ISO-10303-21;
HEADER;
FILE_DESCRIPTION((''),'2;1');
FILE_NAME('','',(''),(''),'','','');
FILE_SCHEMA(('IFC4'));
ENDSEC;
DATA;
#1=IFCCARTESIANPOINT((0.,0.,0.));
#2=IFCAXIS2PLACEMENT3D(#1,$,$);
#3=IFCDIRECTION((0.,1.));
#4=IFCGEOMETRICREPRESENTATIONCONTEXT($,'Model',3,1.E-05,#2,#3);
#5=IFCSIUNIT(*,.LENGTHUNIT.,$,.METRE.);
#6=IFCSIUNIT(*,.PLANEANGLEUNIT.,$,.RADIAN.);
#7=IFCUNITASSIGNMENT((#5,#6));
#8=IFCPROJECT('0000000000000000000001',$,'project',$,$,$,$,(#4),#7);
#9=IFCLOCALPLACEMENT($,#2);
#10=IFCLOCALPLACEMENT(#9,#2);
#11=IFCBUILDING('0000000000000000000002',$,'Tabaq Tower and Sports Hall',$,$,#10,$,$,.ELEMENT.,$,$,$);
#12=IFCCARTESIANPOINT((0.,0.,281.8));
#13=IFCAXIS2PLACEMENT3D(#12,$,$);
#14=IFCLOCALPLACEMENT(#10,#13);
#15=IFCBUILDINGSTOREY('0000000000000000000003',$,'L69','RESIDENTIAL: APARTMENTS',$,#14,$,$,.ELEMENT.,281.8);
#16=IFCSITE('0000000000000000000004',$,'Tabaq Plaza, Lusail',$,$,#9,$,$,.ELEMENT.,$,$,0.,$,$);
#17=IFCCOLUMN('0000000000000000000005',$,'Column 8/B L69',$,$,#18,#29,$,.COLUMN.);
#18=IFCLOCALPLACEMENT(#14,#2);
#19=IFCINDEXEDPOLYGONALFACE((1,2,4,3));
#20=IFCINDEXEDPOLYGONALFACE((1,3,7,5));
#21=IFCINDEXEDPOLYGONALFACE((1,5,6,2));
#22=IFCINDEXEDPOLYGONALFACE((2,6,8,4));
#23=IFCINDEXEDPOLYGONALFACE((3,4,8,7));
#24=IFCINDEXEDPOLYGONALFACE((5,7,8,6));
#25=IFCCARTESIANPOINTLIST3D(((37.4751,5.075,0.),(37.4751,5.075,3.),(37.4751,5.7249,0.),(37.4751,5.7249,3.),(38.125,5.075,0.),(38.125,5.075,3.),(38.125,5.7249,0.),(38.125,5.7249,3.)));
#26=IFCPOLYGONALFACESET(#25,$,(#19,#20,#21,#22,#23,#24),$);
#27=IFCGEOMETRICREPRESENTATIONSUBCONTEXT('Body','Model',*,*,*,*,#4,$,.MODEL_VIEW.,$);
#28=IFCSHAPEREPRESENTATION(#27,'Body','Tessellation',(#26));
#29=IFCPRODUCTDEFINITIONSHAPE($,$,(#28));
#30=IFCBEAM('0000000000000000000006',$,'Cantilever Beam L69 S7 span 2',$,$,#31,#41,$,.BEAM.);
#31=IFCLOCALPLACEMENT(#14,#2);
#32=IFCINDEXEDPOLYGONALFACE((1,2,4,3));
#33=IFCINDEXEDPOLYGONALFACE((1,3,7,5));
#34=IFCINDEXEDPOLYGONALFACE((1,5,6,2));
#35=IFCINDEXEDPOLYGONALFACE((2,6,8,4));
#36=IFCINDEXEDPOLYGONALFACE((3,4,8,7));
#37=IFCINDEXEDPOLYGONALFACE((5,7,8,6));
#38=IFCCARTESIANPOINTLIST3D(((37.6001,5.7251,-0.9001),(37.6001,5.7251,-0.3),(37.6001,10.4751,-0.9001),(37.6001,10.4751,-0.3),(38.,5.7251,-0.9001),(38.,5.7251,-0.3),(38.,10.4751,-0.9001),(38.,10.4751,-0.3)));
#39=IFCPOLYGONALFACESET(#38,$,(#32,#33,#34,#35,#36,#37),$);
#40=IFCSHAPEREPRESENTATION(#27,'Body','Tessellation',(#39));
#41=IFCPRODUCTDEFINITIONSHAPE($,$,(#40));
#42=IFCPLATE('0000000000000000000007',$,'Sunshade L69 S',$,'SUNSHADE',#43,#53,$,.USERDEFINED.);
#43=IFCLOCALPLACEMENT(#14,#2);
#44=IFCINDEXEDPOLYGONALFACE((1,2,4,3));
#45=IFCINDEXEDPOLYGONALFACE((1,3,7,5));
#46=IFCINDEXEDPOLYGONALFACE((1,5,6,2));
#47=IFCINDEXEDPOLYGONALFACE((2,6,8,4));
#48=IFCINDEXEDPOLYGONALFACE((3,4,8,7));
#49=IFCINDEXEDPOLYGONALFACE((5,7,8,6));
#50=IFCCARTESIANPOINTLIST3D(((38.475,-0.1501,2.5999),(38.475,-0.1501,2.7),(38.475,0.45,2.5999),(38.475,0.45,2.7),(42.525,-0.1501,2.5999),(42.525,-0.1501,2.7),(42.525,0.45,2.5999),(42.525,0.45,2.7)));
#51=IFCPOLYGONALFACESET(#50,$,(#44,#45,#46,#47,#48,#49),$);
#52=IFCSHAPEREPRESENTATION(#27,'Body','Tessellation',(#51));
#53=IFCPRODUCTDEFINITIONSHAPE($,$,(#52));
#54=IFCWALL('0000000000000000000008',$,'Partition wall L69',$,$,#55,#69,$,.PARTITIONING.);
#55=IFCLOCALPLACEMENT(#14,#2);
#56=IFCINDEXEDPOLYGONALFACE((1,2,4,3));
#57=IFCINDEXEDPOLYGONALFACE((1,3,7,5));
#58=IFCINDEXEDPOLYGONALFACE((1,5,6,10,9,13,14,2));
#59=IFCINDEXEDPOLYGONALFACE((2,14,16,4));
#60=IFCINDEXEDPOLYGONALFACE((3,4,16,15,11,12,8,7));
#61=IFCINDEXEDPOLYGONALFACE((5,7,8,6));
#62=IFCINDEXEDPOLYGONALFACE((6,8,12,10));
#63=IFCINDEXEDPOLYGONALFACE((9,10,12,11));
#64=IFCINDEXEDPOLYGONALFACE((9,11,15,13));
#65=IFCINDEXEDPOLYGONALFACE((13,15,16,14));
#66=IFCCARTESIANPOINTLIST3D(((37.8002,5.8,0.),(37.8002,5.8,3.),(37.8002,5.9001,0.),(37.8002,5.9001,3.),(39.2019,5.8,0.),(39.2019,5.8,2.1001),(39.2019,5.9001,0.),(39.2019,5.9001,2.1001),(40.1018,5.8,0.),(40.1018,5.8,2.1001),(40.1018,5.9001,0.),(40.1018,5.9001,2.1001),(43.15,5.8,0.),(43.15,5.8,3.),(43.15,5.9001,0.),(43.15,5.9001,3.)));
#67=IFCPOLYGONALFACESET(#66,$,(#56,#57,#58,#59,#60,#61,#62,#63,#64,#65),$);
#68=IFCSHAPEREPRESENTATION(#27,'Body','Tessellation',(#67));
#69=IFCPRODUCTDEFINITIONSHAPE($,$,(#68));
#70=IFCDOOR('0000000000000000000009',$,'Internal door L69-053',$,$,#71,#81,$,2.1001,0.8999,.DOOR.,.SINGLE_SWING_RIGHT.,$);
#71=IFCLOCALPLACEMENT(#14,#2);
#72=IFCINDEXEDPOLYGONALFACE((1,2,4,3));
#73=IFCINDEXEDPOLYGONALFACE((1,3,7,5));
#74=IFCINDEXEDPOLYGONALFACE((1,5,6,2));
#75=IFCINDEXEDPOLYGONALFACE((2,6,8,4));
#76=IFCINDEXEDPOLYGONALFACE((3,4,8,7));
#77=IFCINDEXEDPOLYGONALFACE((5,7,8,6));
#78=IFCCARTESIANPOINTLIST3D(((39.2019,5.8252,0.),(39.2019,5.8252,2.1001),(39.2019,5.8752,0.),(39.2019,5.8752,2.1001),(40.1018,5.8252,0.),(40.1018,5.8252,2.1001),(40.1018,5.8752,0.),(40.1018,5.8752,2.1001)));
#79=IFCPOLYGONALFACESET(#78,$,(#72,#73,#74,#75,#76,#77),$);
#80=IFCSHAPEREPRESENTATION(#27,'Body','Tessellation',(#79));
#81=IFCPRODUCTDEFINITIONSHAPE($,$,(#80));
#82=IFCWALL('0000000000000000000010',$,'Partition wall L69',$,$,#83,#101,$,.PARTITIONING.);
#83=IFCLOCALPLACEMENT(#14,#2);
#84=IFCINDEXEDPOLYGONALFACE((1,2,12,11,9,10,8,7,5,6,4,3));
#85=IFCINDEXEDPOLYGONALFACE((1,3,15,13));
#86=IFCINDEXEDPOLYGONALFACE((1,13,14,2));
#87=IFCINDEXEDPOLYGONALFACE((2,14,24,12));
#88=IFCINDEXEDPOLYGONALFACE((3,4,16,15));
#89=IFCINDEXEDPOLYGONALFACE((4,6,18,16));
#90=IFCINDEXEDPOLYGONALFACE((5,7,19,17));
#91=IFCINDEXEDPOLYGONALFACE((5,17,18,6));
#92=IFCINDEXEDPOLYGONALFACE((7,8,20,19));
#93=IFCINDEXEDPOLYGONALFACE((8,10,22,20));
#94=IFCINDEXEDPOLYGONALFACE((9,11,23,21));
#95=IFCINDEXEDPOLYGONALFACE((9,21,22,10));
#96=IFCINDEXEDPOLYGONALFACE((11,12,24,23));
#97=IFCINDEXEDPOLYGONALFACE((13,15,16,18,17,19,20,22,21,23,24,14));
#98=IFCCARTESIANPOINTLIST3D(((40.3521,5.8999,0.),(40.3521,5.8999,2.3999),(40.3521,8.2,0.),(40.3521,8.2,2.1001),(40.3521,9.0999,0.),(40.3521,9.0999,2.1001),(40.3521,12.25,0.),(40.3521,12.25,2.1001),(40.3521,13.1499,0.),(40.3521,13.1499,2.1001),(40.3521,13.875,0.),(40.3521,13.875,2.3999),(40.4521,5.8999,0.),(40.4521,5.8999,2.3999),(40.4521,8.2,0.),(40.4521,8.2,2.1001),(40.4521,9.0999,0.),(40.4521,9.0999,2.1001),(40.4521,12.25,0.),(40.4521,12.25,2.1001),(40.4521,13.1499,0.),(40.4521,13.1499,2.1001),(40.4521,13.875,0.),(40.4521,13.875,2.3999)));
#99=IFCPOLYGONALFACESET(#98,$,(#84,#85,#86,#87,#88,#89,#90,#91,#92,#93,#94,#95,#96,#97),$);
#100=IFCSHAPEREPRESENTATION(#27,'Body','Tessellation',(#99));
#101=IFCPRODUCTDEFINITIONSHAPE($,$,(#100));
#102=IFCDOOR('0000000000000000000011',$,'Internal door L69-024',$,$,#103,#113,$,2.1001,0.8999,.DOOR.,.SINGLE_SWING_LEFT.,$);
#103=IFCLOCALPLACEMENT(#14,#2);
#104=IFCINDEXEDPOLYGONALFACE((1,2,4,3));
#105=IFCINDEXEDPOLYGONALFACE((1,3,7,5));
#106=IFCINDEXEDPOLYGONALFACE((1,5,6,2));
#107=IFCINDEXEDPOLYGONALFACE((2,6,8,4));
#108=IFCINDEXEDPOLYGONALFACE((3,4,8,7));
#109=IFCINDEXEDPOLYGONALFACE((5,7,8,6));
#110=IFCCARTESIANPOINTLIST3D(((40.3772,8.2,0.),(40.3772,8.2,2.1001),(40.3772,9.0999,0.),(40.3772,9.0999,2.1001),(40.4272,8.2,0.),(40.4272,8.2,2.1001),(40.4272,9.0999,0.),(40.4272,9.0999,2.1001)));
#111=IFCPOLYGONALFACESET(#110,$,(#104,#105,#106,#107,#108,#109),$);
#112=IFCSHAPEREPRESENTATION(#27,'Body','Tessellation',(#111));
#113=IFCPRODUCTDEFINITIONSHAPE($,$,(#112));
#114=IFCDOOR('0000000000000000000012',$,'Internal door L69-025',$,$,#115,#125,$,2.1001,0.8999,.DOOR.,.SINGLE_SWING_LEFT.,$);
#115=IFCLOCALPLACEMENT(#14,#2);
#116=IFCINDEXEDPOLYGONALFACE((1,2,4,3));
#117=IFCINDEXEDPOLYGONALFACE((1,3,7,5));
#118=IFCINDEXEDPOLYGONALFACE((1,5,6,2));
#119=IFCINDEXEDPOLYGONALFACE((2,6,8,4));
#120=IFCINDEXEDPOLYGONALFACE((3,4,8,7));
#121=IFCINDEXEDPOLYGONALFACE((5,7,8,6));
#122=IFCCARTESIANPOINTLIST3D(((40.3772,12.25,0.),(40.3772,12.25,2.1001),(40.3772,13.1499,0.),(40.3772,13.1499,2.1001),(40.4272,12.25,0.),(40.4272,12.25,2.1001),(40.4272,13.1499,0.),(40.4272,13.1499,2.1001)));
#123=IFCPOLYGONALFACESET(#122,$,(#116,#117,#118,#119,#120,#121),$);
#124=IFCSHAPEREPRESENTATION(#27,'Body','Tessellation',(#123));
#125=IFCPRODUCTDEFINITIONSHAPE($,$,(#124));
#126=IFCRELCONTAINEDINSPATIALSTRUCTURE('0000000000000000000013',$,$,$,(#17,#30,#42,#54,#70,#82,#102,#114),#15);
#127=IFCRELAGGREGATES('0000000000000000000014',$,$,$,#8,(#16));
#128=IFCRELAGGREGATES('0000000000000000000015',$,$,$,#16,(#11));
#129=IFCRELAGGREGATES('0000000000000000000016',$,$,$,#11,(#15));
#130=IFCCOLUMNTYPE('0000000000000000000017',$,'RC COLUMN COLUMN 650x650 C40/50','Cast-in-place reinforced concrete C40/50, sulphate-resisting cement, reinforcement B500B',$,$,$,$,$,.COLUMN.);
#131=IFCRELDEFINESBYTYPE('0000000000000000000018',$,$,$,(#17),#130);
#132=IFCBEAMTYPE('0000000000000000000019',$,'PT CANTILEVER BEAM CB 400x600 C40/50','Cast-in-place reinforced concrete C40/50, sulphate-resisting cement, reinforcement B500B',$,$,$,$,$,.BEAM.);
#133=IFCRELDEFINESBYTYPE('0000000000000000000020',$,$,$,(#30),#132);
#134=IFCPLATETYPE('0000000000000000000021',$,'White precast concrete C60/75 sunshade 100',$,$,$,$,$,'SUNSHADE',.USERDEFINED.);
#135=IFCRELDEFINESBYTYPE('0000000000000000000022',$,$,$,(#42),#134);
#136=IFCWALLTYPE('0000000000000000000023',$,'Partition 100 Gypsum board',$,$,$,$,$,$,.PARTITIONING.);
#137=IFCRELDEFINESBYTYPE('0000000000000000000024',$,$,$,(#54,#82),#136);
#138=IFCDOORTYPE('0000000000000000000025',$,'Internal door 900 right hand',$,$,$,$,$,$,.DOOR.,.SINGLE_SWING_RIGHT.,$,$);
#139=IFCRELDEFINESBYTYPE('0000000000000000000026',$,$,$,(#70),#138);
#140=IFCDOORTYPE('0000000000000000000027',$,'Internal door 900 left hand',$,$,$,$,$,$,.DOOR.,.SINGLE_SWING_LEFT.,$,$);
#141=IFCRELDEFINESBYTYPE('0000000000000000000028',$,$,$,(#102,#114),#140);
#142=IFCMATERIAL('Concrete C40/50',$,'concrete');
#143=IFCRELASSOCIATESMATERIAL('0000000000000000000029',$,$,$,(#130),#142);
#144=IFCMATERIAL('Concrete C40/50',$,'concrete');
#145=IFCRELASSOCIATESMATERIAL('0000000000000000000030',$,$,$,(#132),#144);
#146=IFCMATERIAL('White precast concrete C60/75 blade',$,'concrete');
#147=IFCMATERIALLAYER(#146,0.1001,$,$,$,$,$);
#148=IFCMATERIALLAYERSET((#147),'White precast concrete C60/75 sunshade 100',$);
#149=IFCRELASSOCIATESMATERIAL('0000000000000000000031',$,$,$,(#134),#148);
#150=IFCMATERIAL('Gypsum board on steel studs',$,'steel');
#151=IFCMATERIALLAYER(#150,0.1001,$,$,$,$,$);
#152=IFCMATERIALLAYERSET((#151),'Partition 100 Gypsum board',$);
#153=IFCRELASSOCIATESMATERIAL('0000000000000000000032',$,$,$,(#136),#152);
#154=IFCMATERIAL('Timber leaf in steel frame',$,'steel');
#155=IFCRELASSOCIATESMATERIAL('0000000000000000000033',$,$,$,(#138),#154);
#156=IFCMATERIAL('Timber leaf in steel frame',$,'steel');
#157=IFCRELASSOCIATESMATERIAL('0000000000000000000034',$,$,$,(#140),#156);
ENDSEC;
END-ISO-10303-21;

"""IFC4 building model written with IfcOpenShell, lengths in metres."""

from ifc_helpers import new_model, si_unit, direction, frame, frame_2d, origin, origin_2d, place, context, subcontext, project, spatial, rectangle, extrude, material, layer, layer_set, material_profile, profile_set, type_object, element, fill, save


model = new_model("IFC4")

# Units and contexts
model_context = context("Model", 3, precision=1e-05, world=origin(), true_north=direction((0.0, 1.0)))
body_context = subcontext(model_context, "Body", "Model", "MODEL_VIEW")
ifc_project = project(units=[si_unit("LENGTHUNIT", "METRE"), si_unit("PLANEANGLEUNIT", "RADIAN")], contexts=[model_context])

# Site, building, storey
site_placement = place(None, origin())
site = spatial("IfcSite", under=ifc_project, at=site_placement, Name="Tabaq Plaza, Lusail", CompositionType="ELEMENT", RefElevation=0.0)
building_placement = place(site_placement, origin())
building = spatial("IfcBuilding", under=site, at=building_placement, Name="Tabaq Tower and Sports Hall", CompositionType="ELEMENT")
storey_placement = place(building_placement, frame((0.0, 0.0, 281.8)))
storey = spatial("IfcBuildingStorey", under=building, at=storey_placement, Name="L69", Description="RESIDENTIAL: APARTMENTS", CompositionType="ELEMENT", Elevation=281.8)

# Column
ifc_material_1 = material(Name="Concrete C40/50", Category="concrete")
ifc_material_profile_1 = material_profile(ifc_material_1, rectangle(XDim=0.6499, YDim=0.6499, at=origin_2d()), Name="COLUMN 650x650")
ifc_profile_set_1 = profile_set([ifc_material_profile_1], Name="Concrete C40/50")
column_type = type_object("IfcColumnType", Name="RC COLUMN COLUMN 650x650 C40/50", Description="Cast-in-place reinforced concrete C40/50, sulphate-resisting cement, reinforcement B500B", PredefinedType="COLUMN", material=ifc_profile_set_1)
column_placement = place(storey_placement, frame((37.8, 5.3999, 0.0), z_axis=(0.0, 0.0, 1.0), x_axis=(1.0, 0.0, 0.0)))
element("IfcColumn", 1, at=column_placement, inside=storey, type_object=column_type, Name="Column 8/B L69", PredefinedType="COLUMN", context=body_context, shape_type="SweptSolid", body=[
    extrude(rectangle(XDim=0.6499, YDim=0.6499, at=origin_2d()), origin(), (0.0, 0.0, 1.0), 3.0),
])

# Beam
ifc_material_2 = material(Name="Concrete C40/50", Category="concrete")
ifc_material_profile_2 = material_profile(ifc_material_2, rectangle(XDim=0.3999, YDim=0.6001, at=origin_2d()), Name="CB 400x600")
ifc_profile_set_2 = profile_set([ifc_material_profile_2], Name="Concrete C40/50")
beam_type = type_object("IfcBeamType", Name="PT CANTILEVER BEAM CB 400x600 C40/50", Description="Cast-in-place reinforced concrete C40/50, sulphate-resisting cement, reinforcement B500B", PredefinedType="BEAM", material=ifc_profile_set_2)
beam_placement = place(storey_placement, frame((37.8, 5.7251, -0.6001), z_axis=(0.0, 1.0, 0.0), x_axis=(-1.0, 0.0, 0.0)))
element("IfcBeam", 2, at=beam_placement, inside=storey, type_object=beam_type, Name="Cantilever Beam L69 S7 span 2", PredefinedType="BEAM", context=body_context, shape_type="SweptSolid", body=[
    extrude(rectangle(XDim=0.3999, YDim=0.6001, at=origin_2d()), origin(), (0.0, 0.0, 1.0), 4.75),
])

# Plate
ifc_material_3 = material(Name="White precast concrete C60/75 blade", Category="concrete")
ifc_layer_1 = layer(ifc_material_3, 0.1001)
ifc_layer_set_1 = layer_set([ifc_layer_1], Name="White precast concrete C60/75 sunshade 100")
plate_type = type_object("IfcPlateType", Name="White precast concrete C60/75 sunshade 100", ElementType="SUNSHADE", PredefinedType="USERDEFINED", material=ifc_layer_set_1)
plate_placement = place(storey_placement, frame((40.5, 0.1499, 2.5999), z_axis=(0.0, 0.0, 1.0), x_axis=(1.0, 0.0, 0.0)))
element("IfcPlate", 3, at=plate_placement, inside=storey, type_object=plate_type, Name="Sunshade L69 S", ObjectType="SUNSHADE", PredefinedType="USERDEFINED", context=body_context, shape_type="SweptSolid", body=[
    extrude(rectangle(XDim=4.05, YDim=0.6001, at=origin_2d()), origin(), (0.0, 0.0, 1.0), 0.1001),
])

# Wall, opening, door
ifc_material_4 = material(Name="Gypsum board on steel studs", Category="steel")
ifc_layer_2 = layer(ifc_material_4, 0.1001)
ifc_layer_set_2 = layer_set([ifc_layer_2], Name="Partition 100 Gypsum board")
wall_type_1 = type_object("IfcWallType", Name="Partition 100 Gypsum board", PredefinedType="PARTITIONING", material=ifc_layer_set_2)
wall_1_placement = place(storey_placement, frame((43.1499, 5.8501, 0.0), z_axis=(0.0, 0.0, 1.0), x_axis=(-1.0, 0.0, 0.0)))
wall_1 = element("IfcWall", 4, at=wall_1_placement, inside=storey, type_object=wall_type_1, Name="Partition wall L69", PredefinedType="PARTITIONING", context=body_context, shape_type="SweptSolid", body=[
    extrude(rectangle(XDim=5.3499, YDim=0.1001, at=frame_2d((2.6748, 0.0))), origin(), (0.0, 0.0, 1.0), 3.0),
])
opening_1_placement = place(wall_1_placement, frame((3.0481, 0.0, 0.0)))
opening_1 = element("IfcOpeningElement", 5, at=opening_1_placement, cuts=wall_1, PredefinedType="OPENING", context=body_context, shape_type="SweptSolid", body=[
    extrude(rectangle(XDim=0.8999, YDim=2.1001, at=frame_2d((0.45, 1.05))), frame((0.0, 0.05, 0.0), z_axis=(0.0, -1.0, 0.0), x_axis=(1.0, 0.0, 0.0)), (0.0, 0.0, 1.0), 0.1001),
])
ifc_material_5 = material(Name="Timber leaf in steel frame", Category="steel")
door_type_1 = type_object("IfcDoorType", Name="Internal door 900 right hand", OperationType="SINGLE_SWING_RIGHT", PredefinedType="DOOR", material=ifc_material_5)
door_1_placement = place(opening_1_placement, origin())
door_1 = element("IfcDoor", 6, at=door_1_placement, inside=storey, type_object=door_type_1, Name="Internal door L69-053", OperationType="SINGLE_SWING_RIGHT", OverallHeight=2.1001, OverallWidth=0.8999, PredefinedType="DOOR", context=body_context, shape_type="SweptSolid", body=[
    extrude(rectangle(XDim=0.8999, YDim=2.1001, at=frame_2d((0.45, 1.05))), frame((0.0, 0.0249, 0.0), z_axis=(0.0, -1.0, 0.0), x_axis=(1.0, 0.0, 0.0)), (0.0, 0.0, 1.0), 0.05),
])
fill(opening_1, door_1)

# Wall, openings, doors
wall_2_placement = place(storey_placement, frame((40.4021, 5.8999, 0.0), z_axis=(0.0, 0.0, 1.0), x_axis=(0.0, 1.0, 0.0)))
wall_2 = element("IfcWall", 7, at=wall_2_placement, inside=storey, type_object=wall_type_1, Name="Partition wall L69", PredefinedType="PARTITIONING", context=body_context, shape_type="SweptSolid", body=[
    extrude(rectangle(XDim=7.9751, YDim=0.1001, at=frame_2d((3.9875, 0.0))), origin(), (0.0, 0.0, 1.0), 2.3999),
])
opening_2_placement = place(wall_2_placement, frame((2.3, 0.0, 0.0)))
opening_2 = element("IfcOpeningElement", 8, at=opening_2_placement, cuts=wall_2, PredefinedType="OPENING", context=body_context, shape_type="SweptSolid", body=[
    extrude(rectangle(XDim=0.8999, YDim=2.1001, at=frame_2d((0.45, 1.05))), frame((0.0, 0.05, 0.0), z_axis=(0.0, -1.0, 0.0), x_axis=(1.0, 0.0, 0.0)), (0.0, 0.0, 1.0), 0.1001),
])
opening_3_placement = place(wall_2_placement, frame((6.3501, 0.0, 0.0)))
opening_3 = element("IfcOpeningElement", 9, at=opening_3_placement, cuts=wall_2, PredefinedType="OPENING", context=body_context, shape_type="SweptSolid", body=[
    extrude(rectangle(XDim=0.8999, YDim=2.1001, at=frame_2d((0.45, 1.05))), frame((0.0, 0.05, 0.0), z_axis=(0.0, -1.0, 0.0), x_axis=(1.0, 0.0, 0.0)), (0.0, 0.0, 1.0), 0.1001),
])
ifc_material_6 = material(Name="Timber leaf in steel frame", Category="steel")
door_type_2 = type_object("IfcDoorType", Name="Internal door 900 left hand", OperationType="SINGLE_SWING_LEFT", PredefinedType="DOOR", material=ifc_material_6)
door_2_placement = place(opening_2_placement, origin())
door_2 = element("IfcDoor", 10, at=door_2_placement, inside=storey, type_object=door_type_2, Name="Internal door L69-024", OperationType="SINGLE_SWING_LEFT", OverallHeight=2.1001, OverallWidth=0.8999, PredefinedType="DOOR", context=body_context, shape_type="SweptSolid", body=[
    extrude(rectangle(XDim=0.8999, YDim=2.1001, at=frame_2d((0.45, 1.05))), frame((0.0, 0.0249, 0.0), z_axis=(0.0, -1.0, 0.0), x_axis=(1.0, 0.0, 0.0)), (0.0, 0.0, 1.0), 0.05),
])
fill(opening_2, door_2)
door_3_placement = place(opening_3_placement, origin())
door_3 = element("IfcDoor", 11, at=door_3_placement, inside=storey, type_object=door_type_2, Name="Internal door L69-025", OperationType="SINGLE_SWING_LEFT", OverallHeight=2.1001, OverallWidth=0.8999, PredefinedType="DOOR", context=body_context, shape_type="SweptSolid", body=[
    extrude(rectangle(XDim=0.8999, YDim=2.1001, at=frame_2d((0.45, 1.05))), frame((0.0, 0.0249, 0.0), z_axis=(0.0, -1.0, 0.0), x_axis=(1.0, 0.0, 0.0)), (0.0, 0.0, 1.0), 0.05),
])
fill(opening_3, door_3)

save(model, "model.ifc")
